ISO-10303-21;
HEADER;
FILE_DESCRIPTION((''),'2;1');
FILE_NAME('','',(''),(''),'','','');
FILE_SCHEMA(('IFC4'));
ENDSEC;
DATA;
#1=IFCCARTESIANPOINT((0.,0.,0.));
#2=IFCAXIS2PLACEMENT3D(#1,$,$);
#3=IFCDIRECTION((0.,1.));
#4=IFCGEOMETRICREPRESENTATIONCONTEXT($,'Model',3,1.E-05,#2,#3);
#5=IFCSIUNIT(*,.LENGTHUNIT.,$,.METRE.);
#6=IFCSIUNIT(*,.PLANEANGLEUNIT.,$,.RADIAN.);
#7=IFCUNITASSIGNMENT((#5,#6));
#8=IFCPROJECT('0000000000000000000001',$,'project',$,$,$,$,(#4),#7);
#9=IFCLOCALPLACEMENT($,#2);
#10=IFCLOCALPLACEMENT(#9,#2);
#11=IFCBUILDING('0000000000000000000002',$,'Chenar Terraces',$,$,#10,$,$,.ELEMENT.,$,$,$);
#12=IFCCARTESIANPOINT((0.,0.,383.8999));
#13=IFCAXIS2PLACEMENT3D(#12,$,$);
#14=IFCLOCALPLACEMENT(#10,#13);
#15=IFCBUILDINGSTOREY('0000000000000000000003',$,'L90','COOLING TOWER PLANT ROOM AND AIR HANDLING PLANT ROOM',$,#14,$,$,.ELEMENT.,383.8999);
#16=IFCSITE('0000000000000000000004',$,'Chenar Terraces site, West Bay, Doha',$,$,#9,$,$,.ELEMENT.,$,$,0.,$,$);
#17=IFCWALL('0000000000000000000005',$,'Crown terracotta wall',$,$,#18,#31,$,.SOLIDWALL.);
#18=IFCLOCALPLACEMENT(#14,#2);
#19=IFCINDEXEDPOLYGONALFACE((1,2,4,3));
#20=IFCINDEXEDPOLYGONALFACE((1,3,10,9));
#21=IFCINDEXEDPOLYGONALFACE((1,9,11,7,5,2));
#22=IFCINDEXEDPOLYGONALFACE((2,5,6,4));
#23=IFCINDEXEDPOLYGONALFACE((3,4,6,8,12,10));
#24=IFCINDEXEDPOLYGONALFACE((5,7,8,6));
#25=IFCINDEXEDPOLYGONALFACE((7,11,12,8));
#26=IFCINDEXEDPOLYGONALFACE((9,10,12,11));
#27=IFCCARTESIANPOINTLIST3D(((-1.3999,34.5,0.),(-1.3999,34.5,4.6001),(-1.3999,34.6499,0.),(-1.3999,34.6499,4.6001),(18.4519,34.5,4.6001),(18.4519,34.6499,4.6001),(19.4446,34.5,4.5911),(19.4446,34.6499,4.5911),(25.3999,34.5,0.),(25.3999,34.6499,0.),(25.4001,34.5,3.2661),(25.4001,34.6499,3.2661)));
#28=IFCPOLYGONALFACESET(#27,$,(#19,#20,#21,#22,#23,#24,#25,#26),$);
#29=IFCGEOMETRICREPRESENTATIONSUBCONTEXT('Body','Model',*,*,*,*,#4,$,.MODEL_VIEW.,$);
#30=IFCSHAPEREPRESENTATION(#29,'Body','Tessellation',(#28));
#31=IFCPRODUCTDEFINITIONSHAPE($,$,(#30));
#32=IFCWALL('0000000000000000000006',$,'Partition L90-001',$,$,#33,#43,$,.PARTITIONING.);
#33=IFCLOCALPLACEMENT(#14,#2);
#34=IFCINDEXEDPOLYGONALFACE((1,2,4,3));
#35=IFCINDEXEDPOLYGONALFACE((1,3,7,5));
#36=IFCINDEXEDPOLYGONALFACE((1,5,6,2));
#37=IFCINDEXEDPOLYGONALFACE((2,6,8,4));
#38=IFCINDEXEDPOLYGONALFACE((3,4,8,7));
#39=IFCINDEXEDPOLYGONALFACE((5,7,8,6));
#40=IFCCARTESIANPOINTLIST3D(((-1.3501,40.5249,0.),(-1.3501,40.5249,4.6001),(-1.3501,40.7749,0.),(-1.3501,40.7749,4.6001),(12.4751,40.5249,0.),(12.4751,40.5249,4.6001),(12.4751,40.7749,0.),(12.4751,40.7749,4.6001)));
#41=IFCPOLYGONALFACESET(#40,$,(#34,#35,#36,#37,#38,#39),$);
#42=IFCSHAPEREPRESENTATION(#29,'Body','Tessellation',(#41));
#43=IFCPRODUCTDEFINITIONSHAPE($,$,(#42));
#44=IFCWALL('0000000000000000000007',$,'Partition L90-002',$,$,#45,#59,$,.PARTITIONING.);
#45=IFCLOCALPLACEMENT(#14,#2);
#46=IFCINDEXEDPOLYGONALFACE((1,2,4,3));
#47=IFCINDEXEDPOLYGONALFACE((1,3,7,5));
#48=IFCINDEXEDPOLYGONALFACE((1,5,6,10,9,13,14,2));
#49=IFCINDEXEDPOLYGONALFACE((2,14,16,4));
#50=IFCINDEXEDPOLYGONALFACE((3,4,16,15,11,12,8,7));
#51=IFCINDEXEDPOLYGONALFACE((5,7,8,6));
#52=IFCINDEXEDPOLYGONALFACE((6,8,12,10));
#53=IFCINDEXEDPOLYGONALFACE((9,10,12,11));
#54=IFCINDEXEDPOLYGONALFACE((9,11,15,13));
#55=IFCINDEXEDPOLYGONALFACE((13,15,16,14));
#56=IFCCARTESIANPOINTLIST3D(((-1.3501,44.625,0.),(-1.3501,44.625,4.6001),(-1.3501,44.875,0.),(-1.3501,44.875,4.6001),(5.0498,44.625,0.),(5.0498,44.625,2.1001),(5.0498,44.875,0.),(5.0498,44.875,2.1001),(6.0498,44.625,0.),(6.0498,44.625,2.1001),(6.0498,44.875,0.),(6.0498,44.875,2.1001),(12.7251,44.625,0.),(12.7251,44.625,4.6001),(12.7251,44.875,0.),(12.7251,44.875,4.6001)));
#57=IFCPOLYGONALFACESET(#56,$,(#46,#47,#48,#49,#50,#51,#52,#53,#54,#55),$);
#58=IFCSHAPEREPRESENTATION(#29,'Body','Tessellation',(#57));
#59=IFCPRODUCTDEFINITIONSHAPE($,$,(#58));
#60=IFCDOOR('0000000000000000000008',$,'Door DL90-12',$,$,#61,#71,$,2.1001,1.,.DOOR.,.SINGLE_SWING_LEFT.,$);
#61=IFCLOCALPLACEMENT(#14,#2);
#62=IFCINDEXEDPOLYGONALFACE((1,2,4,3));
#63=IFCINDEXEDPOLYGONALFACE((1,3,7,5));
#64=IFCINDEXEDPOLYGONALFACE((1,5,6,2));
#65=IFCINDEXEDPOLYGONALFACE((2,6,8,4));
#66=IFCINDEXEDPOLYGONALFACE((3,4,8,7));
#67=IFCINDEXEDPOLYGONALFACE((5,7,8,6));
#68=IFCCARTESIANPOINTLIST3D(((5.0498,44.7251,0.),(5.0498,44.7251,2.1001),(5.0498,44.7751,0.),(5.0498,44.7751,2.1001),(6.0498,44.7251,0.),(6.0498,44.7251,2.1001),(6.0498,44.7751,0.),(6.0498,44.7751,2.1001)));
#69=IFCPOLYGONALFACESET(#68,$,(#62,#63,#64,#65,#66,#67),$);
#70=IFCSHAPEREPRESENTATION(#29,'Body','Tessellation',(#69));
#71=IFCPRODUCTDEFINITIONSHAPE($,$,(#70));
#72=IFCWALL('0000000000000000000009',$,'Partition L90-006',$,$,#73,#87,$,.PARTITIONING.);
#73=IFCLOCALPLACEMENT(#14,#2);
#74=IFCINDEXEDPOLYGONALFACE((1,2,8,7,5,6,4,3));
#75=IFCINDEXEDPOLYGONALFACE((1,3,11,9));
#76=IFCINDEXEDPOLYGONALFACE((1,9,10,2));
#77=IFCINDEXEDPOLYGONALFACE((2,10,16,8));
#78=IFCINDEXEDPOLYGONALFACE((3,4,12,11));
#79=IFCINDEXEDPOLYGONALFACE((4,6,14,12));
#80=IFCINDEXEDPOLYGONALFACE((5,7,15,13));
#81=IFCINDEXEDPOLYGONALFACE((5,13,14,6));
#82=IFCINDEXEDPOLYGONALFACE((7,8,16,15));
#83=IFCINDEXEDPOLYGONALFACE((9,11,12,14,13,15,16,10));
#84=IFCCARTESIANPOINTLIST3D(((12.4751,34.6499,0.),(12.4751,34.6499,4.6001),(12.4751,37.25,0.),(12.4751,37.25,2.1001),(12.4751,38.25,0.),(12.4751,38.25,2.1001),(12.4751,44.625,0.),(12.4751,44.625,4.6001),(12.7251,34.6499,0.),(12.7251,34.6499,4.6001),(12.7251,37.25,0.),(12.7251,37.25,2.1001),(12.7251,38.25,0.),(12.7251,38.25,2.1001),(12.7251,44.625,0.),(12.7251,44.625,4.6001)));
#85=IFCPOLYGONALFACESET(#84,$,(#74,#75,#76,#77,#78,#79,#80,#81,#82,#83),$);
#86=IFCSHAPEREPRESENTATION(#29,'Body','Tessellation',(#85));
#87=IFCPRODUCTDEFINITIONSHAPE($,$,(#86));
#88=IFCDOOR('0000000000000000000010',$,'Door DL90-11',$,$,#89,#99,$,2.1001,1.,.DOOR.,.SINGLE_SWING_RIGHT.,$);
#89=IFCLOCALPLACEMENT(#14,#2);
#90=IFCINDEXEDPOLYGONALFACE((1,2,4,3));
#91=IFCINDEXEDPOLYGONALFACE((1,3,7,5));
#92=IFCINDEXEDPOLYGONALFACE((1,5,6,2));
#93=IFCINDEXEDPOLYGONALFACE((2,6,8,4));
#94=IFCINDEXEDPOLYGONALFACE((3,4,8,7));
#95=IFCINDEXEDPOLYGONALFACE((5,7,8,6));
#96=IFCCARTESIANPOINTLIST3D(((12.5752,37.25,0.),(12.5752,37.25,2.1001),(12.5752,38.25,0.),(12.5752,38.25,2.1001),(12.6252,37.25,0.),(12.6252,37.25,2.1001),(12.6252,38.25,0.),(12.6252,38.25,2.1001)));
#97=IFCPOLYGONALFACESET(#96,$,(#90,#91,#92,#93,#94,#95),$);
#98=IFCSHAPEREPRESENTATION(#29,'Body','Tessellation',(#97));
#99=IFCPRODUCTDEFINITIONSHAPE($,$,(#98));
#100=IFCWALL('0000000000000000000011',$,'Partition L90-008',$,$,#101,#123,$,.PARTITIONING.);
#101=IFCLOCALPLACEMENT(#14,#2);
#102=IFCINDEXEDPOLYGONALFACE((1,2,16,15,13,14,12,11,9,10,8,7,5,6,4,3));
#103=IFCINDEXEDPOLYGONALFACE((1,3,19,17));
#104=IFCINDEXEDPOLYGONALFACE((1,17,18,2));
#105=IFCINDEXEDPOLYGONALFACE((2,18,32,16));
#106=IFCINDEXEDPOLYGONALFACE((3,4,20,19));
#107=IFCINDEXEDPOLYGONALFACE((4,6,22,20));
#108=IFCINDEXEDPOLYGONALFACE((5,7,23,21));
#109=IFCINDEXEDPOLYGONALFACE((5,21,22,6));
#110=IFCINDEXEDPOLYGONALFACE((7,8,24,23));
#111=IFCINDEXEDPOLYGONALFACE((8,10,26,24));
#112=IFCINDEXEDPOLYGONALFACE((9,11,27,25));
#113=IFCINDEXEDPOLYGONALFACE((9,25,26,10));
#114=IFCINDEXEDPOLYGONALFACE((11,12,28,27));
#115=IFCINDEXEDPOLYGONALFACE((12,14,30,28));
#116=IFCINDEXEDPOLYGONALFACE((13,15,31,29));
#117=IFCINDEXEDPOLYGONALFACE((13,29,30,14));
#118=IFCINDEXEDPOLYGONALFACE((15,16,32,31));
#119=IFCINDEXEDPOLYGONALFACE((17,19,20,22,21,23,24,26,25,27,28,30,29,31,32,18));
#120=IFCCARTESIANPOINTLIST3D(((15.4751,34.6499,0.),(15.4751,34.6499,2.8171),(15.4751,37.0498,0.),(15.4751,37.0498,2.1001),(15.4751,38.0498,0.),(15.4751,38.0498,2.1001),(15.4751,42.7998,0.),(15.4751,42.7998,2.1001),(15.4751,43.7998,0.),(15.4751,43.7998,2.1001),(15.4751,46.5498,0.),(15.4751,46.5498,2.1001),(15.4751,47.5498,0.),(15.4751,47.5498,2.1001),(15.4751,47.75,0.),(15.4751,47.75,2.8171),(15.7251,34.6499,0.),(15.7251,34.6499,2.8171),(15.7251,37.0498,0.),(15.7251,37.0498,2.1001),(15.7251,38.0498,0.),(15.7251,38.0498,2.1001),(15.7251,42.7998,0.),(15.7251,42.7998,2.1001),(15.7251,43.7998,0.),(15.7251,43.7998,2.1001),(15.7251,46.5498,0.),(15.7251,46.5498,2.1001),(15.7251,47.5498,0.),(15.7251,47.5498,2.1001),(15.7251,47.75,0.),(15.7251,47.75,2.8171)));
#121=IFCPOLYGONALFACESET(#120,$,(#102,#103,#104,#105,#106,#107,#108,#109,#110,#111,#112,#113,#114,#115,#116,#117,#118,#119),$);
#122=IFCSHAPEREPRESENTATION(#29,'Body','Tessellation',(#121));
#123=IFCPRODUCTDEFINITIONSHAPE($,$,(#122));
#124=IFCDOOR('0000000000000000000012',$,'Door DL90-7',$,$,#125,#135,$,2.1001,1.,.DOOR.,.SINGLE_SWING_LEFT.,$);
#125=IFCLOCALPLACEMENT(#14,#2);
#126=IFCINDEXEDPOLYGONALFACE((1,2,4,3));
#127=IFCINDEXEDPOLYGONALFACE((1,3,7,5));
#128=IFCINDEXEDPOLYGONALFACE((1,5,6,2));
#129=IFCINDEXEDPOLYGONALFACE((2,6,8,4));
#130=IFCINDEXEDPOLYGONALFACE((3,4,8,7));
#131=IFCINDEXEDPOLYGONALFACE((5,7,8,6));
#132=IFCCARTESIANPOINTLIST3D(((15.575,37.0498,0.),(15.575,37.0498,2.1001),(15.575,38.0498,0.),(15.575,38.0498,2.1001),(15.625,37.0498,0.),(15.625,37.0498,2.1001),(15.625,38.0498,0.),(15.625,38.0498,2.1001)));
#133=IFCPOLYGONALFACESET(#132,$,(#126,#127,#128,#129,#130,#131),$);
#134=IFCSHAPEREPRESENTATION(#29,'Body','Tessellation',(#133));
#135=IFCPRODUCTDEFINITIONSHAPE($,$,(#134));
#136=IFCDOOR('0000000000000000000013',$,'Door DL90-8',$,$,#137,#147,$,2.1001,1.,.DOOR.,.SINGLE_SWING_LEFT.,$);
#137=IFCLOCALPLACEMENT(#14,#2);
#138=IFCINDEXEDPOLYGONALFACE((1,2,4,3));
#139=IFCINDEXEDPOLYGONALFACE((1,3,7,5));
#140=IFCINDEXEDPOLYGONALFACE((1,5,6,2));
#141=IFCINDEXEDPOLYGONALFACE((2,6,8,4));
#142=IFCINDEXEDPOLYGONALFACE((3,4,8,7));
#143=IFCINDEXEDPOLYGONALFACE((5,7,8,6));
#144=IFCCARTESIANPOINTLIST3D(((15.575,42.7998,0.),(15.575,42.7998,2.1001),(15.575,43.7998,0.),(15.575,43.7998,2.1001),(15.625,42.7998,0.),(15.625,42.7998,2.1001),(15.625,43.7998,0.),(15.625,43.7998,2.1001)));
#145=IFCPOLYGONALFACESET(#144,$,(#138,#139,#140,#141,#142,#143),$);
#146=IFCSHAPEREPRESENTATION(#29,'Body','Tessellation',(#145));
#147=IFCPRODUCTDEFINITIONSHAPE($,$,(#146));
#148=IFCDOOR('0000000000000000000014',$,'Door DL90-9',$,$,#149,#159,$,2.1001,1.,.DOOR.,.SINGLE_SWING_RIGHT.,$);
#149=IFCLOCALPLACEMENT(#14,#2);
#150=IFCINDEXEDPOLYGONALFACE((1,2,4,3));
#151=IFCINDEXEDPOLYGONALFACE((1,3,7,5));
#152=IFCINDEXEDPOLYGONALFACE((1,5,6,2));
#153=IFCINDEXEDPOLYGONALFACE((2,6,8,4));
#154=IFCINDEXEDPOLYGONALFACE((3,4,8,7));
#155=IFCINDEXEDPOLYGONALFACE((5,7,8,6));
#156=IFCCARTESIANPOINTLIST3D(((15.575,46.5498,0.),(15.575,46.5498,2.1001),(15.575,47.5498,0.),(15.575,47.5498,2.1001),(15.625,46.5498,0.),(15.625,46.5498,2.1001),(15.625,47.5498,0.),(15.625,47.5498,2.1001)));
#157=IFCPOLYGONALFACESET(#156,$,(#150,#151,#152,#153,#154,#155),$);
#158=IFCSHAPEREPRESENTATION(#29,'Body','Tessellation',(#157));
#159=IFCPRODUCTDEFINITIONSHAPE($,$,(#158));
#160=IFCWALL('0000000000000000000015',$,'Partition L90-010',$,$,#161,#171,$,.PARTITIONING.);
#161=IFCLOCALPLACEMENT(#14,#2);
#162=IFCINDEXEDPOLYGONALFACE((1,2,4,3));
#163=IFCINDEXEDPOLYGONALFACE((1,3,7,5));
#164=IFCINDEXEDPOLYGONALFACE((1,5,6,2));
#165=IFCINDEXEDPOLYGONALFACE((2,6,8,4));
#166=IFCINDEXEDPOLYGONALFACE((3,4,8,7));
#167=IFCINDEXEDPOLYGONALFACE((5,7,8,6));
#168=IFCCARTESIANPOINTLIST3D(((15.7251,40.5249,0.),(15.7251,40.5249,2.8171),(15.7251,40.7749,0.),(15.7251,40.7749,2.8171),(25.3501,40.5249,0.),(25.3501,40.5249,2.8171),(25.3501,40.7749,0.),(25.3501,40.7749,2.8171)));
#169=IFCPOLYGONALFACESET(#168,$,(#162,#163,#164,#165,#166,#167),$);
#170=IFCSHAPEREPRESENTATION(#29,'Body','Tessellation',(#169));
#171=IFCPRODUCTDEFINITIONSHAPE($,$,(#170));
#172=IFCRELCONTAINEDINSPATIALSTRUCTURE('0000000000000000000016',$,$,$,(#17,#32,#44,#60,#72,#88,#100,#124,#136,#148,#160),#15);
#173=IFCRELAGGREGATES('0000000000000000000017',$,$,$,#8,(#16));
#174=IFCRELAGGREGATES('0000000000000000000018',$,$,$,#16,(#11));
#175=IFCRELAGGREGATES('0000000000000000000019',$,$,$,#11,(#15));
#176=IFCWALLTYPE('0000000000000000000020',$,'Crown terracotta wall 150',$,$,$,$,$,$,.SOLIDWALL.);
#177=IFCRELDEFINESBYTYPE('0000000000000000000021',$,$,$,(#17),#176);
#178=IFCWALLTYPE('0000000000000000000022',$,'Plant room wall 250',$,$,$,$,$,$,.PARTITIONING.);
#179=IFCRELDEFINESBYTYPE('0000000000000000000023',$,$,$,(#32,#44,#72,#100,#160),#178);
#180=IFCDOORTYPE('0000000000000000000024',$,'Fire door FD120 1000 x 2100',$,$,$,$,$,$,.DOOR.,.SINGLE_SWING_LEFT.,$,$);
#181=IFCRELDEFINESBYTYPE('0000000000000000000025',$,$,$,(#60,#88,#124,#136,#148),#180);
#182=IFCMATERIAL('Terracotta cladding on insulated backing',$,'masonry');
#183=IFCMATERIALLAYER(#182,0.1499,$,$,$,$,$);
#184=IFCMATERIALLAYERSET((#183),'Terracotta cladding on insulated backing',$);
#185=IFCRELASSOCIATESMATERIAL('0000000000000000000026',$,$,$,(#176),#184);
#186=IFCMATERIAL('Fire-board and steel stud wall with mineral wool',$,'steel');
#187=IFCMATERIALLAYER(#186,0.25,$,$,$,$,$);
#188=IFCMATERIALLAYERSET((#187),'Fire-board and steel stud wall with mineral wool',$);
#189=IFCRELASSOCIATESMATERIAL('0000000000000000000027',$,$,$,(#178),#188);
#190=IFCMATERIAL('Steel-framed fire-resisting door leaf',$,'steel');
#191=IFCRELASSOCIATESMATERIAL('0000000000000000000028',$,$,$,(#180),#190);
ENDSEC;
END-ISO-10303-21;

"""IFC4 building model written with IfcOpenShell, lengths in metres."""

from ifc_helpers import new_model, si_unit, direction, frame, frame_2d, origin, place, context, subcontext, project, spatial, polyline, rectangle, outline, extrude, material, layer, layer_set, type_object, element, fill, save


model = new_model("IFC4")

# Units and contexts
model_context = context("Model", 3, precision=1e-05, world=origin(), true_north=direction((0.0, 1.0)))
body_context = subcontext(model_context, "Body", "Model", "MODEL_VIEW")
ifc_project = project(units=[si_unit("LENGTHUNIT", "METRE"), si_unit("PLANEANGLEUNIT", "RADIAN")], contexts=[model_context])

# Site, building, storey
site_placement = place(None, origin())
site = spatial("IfcSite", under=ifc_project, at=site_placement, Name="Chenar Terraces site, West Bay, Doha", CompositionType="ELEMENT", RefElevation=0.0)
building_placement = place(site_placement, origin())
building = spatial("IfcBuilding", under=site, at=building_placement, Name="Chenar Terraces", CompositionType="ELEMENT")
storey_placement = place(building_placement, frame((0.0, 0.0, 383.8999)))
storey = spatial("IfcBuildingStorey", under=building, at=storey_placement, Name="L90", Description="COOLING TOWER PLANT ROOM AND AIR HANDLING PLANT ROOM", CompositionType="ELEMENT", Elevation=383.8999)

# Walls
ifc_material_1 = material(Name="Terracotta cladding on insulated backing", Category="masonry")
ifc_layer_1 = layer(ifc_material_1, 0.1499)
ifc_layer_set_1 = layer_set([ifc_layer_1], Name="Terracotta cladding on insulated backing")
wall_type_1 = type_object("IfcWallType", Name="Crown terracotta wall 150", PredefinedType="SOLIDWALL", material=ifc_layer_set_1)
wall_1_placement = place(storey_placement, frame((-1.3999, 34.575, 0.0), z_axis=(0.0, 0.0, 1.0), x_axis=(1.0, 0.0, 0.0)))
element("IfcWall", 1, at=wall_1_placement, inside=storey, type_object=wall_type_1, Name="Crown terracotta wall", PredefinedType="SOLIDWALL", context=body_context, shape_type="SweptSolid", body=[
    extrude(outline(polyline([(0.0, 0.0), (26.7998, 0.0), (26.8, 3.2661), (20.8445, 4.5911), (19.8518, 4.6001), (0.0, 4.6001), (0.0, 0.0)])), frame((0.0, 0.075, 0.0), z_axis=(0.0, -1.0, 0.0), x_axis=(1.0, 0.0, 0.0)), (0.0, 0.0, 1.0), 0.1499),
])
ifc_material_2 = material(Name="Fire-board and steel stud wall with mineral wool", Category="steel")
ifc_layer_2 = layer(ifc_material_2, 0.25)
ifc_layer_set_2 = layer_set([ifc_layer_2], Name="Fire-board and steel stud wall with mineral wool")
wall_type_2 = type_object("IfcWallType", Name="Plant room wall 250", PredefinedType="PARTITIONING", material=ifc_layer_set_2)
wall_2_placement = place(storey_placement, frame((-1.3501, 40.6499, 0.0), z_axis=(0.0, 0.0, 1.0), x_axis=(1.0, 0.0, 0.0)))
element("IfcWall", 2, at=wall_2_placement, inside=storey, type_object=wall_type_2, Name="Partition L90-001", PredefinedType="PARTITIONING", context=body_context, shape_type="SweptSolid", body=[
    extrude(rectangle(XDim=13.8252, YDim=0.25, at=frame_2d((6.9126, 0.0))), origin(), (0.0, 0.0, 1.0), 4.6001),
])

# Walls, openings, doors
wall_3_placement = place(storey_placement, frame((-1.3501, 44.75, 0.0), z_axis=(0.0, 0.0, 1.0), x_axis=(1.0, 0.0, 0.0)))
wall_3 = element("IfcWall", 3, at=wall_3_placement, inside=storey, type_object=wall_type_2, Name="Partition L90-002", PredefinedType="PARTITIONING", context=body_context, shape_type="SweptSolid", body=[
    extrude(rectangle(XDim=14.0752, YDim=0.25, at=frame_2d((7.0376, 0.0))), origin(), (0.0, 0.0, 1.0), 4.6001),
])
opening_1_placement = place(wall_3_placement, frame((6.3999, 0.0, 0.0)))
opening_1 = element("IfcOpeningElement", 4, at=opening_1_placement, cuts=wall_3, PredefinedType="OPENING", context=body_context, shape_type="SweptSolid", body=[
    extrude(rectangle(XDim=1.0, YDim=2.1001, at=frame_2d((0.5, 1.05))), frame((0.0, 0.135, 0.0), z_axis=(0.0, -1.0, 0.0), x_axis=(1.0, 0.0, 0.0)), (0.0, 0.0, 1.0), 0.27),
])
ifc_material_3 = material(Name="Steel-framed fire-resisting door leaf", Category="steel")
door_type = type_object("IfcDoorType", Name="Fire door FD120 1000 x 2100", OperationType="SINGLE_SWING_LEFT", PredefinedType="DOOR", material=ifc_material_3)
door_1_placement = place(opening_1_placement, frame((1.0, 0.0, 0.0), z_axis=(0.0, 0.0, 1.0), x_axis=(-1.0, 0.0, 0.0)))
door_1 = element("IfcDoor", 5, at=door_1_placement, inside=storey, type_object=door_type, Name="Door DL90-12", OperationType="SINGLE_SWING_LEFT", OverallHeight=2.1001, OverallWidth=1.0, PredefinedType="DOOR", context=body_context, shape_type="SweptSolid", body=[
    extrude(rectangle(XDim=1.0, YDim=2.1001, at=frame_2d((0.5, 1.05))), frame((0.0, 0.0249, 0.0), z_axis=(0.0, -1.0, 0.0), x_axis=(1.0, 0.0, 0.0)), (0.0, 0.0, 1.0), 0.05),
])
fill(opening_1, door_1)
wall_4_placement = place(storey_placement, frame((12.6001, 34.6499, 0.0), z_axis=(0.0, 0.0, 1.0), x_axis=(0.0, 1.0, 0.0)))
wall_4 = element("IfcWall", 6, at=wall_4_placement, inside=storey, type_object=wall_type_2, Name="Partition L90-006", PredefinedType="PARTITIONING", context=body_context, shape_type="SweptSolid", body=[
    extrude(rectangle(XDim=9.9751, YDim=0.25, at=frame_2d((4.9875, 0.0))), origin(), (0.0, 0.0, 1.0), 4.6001),
])
opening_2_placement = place(wall_4_placement, frame((2.6001, 0.0, 0.0)))
opening_2 = element("IfcOpeningElement", 7, at=opening_2_placement, cuts=wall_4, PredefinedType="OPENING", context=body_context, shape_type="SweptSolid", body=[
    extrude(rectangle(XDim=1.0, YDim=2.1001, at=frame_2d((0.5, 1.05))), frame((0.0, 0.135, 0.0), z_axis=(0.0, -1.0, 0.0), x_axis=(1.0, 0.0, 0.0)), (0.0, 0.0, 1.0), 0.27),
])
door_2_placement = place(opening_2_placement, origin())
door_2 = element("IfcDoor", 8, at=door_2_placement, inside=storey, type_object=door_type, Name="Door DL90-11", OperationType="SINGLE_SWING_RIGHT", OverallHeight=2.1001, OverallWidth=1.0, PredefinedType="DOOR", context=body_context, shape_type="SweptSolid", body=[
    extrude(rectangle(XDim=1.0, YDim=2.1001, at=frame_2d((0.5, 1.05))), frame((0.0, 0.0249, 0.0), z_axis=(0.0, -1.0, 0.0), x_axis=(1.0, 0.0, 0.0)), (0.0, 0.0, 1.0), 0.05),
])
fill(opening_2, door_2)

# Wall, openings, doors
wall_5_placement = place(storey_placement, frame((15.6001, 34.6499, 0.0), z_axis=(0.0, 0.0, 1.0), x_axis=(0.0, 1.0, 0.0)))
wall_5 = element("IfcWall", 9, at=wall_5_placement, inside=storey, type_object=wall_type_2, Name="Partition L90-008", PredefinedType="PARTITIONING", context=body_context, shape_type="SweptSolid", body=[
    extrude(rectangle(XDim=13.1001, YDim=0.25, at=frame_2d((6.55, 0.0))), origin(), (0.0, 0.0, 1.0), 2.8171),
])
opening_3_placement = place(wall_5_placement, frame((2.3999, 0.0, 0.0)))
opening_3 = element("IfcOpeningElement", 10, at=opening_3_placement, cuts=wall_5, PredefinedType="OPENING", context=body_context, shape_type="SweptSolid", body=[
    extrude(rectangle(XDim=1.0, YDim=2.1001, at=frame_2d((0.5, 1.05))), frame((0.0, 0.135, 0.0), z_axis=(0.0, -1.0, 0.0), x_axis=(1.0, 0.0, 0.0)), (0.0, 0.0, 1.0), 0.27),
])
opening_4_placement = place(wall_5_placement, frame((8.1499, 0.0, 0.0)))
opening_4 = element("IfcOpeningElement", 11, at=opening_4_placement, cuts=wall_5, PredefinedType="OPENING", context=body_context, shape_type="SweptSolid", body=[
    extrude(rectangle(XDim=1.0, YDim=2.1001, at=frame_2d((0.5, 1.05))), frame((0.0, 0.135, 0.0), z_axis=(0.0, -1.0, 0.0), x_axis=(1.0, 0.0, 0.0)), (0.0, 0.0, 1.0), 0.27),
])
opening_5_placement = place(wall_5_placement, frame((11.8999, 0.0, 0.0)))
opening_5 = element("IfcOpeningElement", 12, at=opening_5_placement, cuts=wall_5, PredefinedType="OPENING", context=body_context, shape_type="SweptSolid", body=[
    extrude(rectangle(XDim=1.0, YDim=2.1001, at=frame_2d((0.5, 1.05))), frame((0.0, 0.135, 0.0), z_axis=(0.0, -1.0, 0.0), x_axis=(1.0, 0.0, 0.0)), (0.0, 0.0, 1.0), 0.27),
])
door_3_placement = place(opening_3_placement, frame((1.0, 0.0, 0.0), z_axis=(0.0, 0.0, 1.0), x_axis=(-1.0, 0.0, 0.0)))
door_3 = element("IfcDoor", 13, at=door_3_placement, inside=storey, type_object=door_type, Name="Door DL90-7", OperationType="SINGLE_SWING_LEFT", OverallHeight=2.1001, OverallWidth=1.0, PredefinedType="DOOR", context=body_context, shape_type="SweptSolid", body=[
    extrude(rectangle(XDim=1.0, YDim=2.1001, at=frame_2d((0.5, 1.05))), frame((0.0, 0.0249, 0.0), z_axis=(0.0, -1.0, 0.0), x_axis=(1.0, 0.0, 0.0)), (0.0, 0.0, 1.0), 0.05),
])
fill(opening_3, door_3)
door_4_placement = place(opening_4_placement, frame((1.0, 0.0, 0.0), z_axis=(0.0, 0.0, 1.0), x_axis=(-1.0, 0.0, 0.0)))
door_4 = element("IfcDoor", 14, at=door_4_placement, inside=storey, type_object=door_type, Name="Door DL90-8", OperationType="SINGLE_SWING_LEFT", OverallHeight=2.1001, OverallWidth=1.0, PredefinedType="DOOR", context=body_context, shape_type="SweptSolid", body=[
    extrude(rectangle(XDim=1.0, YDim=2.1001, at=frame_2d((0.5, 1.05))), frame((0.0, 0.0249, 0.0), z_axis=(0.0, -1.0, 0.0), x_axis=(1.0, 0.0, 0.0)), (0.0, 0.0, 1.0), 0.05),
])
fill(opening_4, door_4)
door_5_placement = place(opening_5_placement, frame((1.0, 0.0, 0.0), z_axis=(0.0, 0.0, 1.0), x_axis=(-1.0, 0.0, 0.0)))
door_5 = element("IfcDoor", 15, at=door_5_placement, inside=storey, type_object=door_type, Name="Door DL90-9", OperationType="SINGLE_SWING_RIGHT", OverallHeight=2.1001, OverallWidth=1.0, PredefinedType="DOOR", context=body_context, shape_type="SweptSolid", body=[
    extrude(rectangle(XDim=1.0, YDim=2.1001, at=frame_2d((0.5, 1.05))), frame((0.0, 0.0249, 0.0), z_axis=(0.0, -1.0, 0.0), x_axis=(1.0, 0.0, 0.0)), (0.0, 0.0, 1.0), 0.05),
])
fill(opening_5, door_5)

# Wall
wall_6_placement = place(storey_placement, frame((15.7251, 40.6499, 0.0), z_axis=(0.0, 0.0, 1.0), x_axis=(1.0, 0.0, 0.0)))
element("IfcWall", 16, at=wall_6_placement, inside=storey, type_object=wall_type_2, Name="Partition L90-010", PredefinedType="PARTITIONING", context=body_context, shape_type="SweptSolid", body=[
    extrude(rectangle(XDim=9.625, YDim=0.25, at=frame_2d((4.8125, 0.0))), origin(), (0.0, 0.0, 1.0), 2.8171),
])

save(model, "model.ifc")
